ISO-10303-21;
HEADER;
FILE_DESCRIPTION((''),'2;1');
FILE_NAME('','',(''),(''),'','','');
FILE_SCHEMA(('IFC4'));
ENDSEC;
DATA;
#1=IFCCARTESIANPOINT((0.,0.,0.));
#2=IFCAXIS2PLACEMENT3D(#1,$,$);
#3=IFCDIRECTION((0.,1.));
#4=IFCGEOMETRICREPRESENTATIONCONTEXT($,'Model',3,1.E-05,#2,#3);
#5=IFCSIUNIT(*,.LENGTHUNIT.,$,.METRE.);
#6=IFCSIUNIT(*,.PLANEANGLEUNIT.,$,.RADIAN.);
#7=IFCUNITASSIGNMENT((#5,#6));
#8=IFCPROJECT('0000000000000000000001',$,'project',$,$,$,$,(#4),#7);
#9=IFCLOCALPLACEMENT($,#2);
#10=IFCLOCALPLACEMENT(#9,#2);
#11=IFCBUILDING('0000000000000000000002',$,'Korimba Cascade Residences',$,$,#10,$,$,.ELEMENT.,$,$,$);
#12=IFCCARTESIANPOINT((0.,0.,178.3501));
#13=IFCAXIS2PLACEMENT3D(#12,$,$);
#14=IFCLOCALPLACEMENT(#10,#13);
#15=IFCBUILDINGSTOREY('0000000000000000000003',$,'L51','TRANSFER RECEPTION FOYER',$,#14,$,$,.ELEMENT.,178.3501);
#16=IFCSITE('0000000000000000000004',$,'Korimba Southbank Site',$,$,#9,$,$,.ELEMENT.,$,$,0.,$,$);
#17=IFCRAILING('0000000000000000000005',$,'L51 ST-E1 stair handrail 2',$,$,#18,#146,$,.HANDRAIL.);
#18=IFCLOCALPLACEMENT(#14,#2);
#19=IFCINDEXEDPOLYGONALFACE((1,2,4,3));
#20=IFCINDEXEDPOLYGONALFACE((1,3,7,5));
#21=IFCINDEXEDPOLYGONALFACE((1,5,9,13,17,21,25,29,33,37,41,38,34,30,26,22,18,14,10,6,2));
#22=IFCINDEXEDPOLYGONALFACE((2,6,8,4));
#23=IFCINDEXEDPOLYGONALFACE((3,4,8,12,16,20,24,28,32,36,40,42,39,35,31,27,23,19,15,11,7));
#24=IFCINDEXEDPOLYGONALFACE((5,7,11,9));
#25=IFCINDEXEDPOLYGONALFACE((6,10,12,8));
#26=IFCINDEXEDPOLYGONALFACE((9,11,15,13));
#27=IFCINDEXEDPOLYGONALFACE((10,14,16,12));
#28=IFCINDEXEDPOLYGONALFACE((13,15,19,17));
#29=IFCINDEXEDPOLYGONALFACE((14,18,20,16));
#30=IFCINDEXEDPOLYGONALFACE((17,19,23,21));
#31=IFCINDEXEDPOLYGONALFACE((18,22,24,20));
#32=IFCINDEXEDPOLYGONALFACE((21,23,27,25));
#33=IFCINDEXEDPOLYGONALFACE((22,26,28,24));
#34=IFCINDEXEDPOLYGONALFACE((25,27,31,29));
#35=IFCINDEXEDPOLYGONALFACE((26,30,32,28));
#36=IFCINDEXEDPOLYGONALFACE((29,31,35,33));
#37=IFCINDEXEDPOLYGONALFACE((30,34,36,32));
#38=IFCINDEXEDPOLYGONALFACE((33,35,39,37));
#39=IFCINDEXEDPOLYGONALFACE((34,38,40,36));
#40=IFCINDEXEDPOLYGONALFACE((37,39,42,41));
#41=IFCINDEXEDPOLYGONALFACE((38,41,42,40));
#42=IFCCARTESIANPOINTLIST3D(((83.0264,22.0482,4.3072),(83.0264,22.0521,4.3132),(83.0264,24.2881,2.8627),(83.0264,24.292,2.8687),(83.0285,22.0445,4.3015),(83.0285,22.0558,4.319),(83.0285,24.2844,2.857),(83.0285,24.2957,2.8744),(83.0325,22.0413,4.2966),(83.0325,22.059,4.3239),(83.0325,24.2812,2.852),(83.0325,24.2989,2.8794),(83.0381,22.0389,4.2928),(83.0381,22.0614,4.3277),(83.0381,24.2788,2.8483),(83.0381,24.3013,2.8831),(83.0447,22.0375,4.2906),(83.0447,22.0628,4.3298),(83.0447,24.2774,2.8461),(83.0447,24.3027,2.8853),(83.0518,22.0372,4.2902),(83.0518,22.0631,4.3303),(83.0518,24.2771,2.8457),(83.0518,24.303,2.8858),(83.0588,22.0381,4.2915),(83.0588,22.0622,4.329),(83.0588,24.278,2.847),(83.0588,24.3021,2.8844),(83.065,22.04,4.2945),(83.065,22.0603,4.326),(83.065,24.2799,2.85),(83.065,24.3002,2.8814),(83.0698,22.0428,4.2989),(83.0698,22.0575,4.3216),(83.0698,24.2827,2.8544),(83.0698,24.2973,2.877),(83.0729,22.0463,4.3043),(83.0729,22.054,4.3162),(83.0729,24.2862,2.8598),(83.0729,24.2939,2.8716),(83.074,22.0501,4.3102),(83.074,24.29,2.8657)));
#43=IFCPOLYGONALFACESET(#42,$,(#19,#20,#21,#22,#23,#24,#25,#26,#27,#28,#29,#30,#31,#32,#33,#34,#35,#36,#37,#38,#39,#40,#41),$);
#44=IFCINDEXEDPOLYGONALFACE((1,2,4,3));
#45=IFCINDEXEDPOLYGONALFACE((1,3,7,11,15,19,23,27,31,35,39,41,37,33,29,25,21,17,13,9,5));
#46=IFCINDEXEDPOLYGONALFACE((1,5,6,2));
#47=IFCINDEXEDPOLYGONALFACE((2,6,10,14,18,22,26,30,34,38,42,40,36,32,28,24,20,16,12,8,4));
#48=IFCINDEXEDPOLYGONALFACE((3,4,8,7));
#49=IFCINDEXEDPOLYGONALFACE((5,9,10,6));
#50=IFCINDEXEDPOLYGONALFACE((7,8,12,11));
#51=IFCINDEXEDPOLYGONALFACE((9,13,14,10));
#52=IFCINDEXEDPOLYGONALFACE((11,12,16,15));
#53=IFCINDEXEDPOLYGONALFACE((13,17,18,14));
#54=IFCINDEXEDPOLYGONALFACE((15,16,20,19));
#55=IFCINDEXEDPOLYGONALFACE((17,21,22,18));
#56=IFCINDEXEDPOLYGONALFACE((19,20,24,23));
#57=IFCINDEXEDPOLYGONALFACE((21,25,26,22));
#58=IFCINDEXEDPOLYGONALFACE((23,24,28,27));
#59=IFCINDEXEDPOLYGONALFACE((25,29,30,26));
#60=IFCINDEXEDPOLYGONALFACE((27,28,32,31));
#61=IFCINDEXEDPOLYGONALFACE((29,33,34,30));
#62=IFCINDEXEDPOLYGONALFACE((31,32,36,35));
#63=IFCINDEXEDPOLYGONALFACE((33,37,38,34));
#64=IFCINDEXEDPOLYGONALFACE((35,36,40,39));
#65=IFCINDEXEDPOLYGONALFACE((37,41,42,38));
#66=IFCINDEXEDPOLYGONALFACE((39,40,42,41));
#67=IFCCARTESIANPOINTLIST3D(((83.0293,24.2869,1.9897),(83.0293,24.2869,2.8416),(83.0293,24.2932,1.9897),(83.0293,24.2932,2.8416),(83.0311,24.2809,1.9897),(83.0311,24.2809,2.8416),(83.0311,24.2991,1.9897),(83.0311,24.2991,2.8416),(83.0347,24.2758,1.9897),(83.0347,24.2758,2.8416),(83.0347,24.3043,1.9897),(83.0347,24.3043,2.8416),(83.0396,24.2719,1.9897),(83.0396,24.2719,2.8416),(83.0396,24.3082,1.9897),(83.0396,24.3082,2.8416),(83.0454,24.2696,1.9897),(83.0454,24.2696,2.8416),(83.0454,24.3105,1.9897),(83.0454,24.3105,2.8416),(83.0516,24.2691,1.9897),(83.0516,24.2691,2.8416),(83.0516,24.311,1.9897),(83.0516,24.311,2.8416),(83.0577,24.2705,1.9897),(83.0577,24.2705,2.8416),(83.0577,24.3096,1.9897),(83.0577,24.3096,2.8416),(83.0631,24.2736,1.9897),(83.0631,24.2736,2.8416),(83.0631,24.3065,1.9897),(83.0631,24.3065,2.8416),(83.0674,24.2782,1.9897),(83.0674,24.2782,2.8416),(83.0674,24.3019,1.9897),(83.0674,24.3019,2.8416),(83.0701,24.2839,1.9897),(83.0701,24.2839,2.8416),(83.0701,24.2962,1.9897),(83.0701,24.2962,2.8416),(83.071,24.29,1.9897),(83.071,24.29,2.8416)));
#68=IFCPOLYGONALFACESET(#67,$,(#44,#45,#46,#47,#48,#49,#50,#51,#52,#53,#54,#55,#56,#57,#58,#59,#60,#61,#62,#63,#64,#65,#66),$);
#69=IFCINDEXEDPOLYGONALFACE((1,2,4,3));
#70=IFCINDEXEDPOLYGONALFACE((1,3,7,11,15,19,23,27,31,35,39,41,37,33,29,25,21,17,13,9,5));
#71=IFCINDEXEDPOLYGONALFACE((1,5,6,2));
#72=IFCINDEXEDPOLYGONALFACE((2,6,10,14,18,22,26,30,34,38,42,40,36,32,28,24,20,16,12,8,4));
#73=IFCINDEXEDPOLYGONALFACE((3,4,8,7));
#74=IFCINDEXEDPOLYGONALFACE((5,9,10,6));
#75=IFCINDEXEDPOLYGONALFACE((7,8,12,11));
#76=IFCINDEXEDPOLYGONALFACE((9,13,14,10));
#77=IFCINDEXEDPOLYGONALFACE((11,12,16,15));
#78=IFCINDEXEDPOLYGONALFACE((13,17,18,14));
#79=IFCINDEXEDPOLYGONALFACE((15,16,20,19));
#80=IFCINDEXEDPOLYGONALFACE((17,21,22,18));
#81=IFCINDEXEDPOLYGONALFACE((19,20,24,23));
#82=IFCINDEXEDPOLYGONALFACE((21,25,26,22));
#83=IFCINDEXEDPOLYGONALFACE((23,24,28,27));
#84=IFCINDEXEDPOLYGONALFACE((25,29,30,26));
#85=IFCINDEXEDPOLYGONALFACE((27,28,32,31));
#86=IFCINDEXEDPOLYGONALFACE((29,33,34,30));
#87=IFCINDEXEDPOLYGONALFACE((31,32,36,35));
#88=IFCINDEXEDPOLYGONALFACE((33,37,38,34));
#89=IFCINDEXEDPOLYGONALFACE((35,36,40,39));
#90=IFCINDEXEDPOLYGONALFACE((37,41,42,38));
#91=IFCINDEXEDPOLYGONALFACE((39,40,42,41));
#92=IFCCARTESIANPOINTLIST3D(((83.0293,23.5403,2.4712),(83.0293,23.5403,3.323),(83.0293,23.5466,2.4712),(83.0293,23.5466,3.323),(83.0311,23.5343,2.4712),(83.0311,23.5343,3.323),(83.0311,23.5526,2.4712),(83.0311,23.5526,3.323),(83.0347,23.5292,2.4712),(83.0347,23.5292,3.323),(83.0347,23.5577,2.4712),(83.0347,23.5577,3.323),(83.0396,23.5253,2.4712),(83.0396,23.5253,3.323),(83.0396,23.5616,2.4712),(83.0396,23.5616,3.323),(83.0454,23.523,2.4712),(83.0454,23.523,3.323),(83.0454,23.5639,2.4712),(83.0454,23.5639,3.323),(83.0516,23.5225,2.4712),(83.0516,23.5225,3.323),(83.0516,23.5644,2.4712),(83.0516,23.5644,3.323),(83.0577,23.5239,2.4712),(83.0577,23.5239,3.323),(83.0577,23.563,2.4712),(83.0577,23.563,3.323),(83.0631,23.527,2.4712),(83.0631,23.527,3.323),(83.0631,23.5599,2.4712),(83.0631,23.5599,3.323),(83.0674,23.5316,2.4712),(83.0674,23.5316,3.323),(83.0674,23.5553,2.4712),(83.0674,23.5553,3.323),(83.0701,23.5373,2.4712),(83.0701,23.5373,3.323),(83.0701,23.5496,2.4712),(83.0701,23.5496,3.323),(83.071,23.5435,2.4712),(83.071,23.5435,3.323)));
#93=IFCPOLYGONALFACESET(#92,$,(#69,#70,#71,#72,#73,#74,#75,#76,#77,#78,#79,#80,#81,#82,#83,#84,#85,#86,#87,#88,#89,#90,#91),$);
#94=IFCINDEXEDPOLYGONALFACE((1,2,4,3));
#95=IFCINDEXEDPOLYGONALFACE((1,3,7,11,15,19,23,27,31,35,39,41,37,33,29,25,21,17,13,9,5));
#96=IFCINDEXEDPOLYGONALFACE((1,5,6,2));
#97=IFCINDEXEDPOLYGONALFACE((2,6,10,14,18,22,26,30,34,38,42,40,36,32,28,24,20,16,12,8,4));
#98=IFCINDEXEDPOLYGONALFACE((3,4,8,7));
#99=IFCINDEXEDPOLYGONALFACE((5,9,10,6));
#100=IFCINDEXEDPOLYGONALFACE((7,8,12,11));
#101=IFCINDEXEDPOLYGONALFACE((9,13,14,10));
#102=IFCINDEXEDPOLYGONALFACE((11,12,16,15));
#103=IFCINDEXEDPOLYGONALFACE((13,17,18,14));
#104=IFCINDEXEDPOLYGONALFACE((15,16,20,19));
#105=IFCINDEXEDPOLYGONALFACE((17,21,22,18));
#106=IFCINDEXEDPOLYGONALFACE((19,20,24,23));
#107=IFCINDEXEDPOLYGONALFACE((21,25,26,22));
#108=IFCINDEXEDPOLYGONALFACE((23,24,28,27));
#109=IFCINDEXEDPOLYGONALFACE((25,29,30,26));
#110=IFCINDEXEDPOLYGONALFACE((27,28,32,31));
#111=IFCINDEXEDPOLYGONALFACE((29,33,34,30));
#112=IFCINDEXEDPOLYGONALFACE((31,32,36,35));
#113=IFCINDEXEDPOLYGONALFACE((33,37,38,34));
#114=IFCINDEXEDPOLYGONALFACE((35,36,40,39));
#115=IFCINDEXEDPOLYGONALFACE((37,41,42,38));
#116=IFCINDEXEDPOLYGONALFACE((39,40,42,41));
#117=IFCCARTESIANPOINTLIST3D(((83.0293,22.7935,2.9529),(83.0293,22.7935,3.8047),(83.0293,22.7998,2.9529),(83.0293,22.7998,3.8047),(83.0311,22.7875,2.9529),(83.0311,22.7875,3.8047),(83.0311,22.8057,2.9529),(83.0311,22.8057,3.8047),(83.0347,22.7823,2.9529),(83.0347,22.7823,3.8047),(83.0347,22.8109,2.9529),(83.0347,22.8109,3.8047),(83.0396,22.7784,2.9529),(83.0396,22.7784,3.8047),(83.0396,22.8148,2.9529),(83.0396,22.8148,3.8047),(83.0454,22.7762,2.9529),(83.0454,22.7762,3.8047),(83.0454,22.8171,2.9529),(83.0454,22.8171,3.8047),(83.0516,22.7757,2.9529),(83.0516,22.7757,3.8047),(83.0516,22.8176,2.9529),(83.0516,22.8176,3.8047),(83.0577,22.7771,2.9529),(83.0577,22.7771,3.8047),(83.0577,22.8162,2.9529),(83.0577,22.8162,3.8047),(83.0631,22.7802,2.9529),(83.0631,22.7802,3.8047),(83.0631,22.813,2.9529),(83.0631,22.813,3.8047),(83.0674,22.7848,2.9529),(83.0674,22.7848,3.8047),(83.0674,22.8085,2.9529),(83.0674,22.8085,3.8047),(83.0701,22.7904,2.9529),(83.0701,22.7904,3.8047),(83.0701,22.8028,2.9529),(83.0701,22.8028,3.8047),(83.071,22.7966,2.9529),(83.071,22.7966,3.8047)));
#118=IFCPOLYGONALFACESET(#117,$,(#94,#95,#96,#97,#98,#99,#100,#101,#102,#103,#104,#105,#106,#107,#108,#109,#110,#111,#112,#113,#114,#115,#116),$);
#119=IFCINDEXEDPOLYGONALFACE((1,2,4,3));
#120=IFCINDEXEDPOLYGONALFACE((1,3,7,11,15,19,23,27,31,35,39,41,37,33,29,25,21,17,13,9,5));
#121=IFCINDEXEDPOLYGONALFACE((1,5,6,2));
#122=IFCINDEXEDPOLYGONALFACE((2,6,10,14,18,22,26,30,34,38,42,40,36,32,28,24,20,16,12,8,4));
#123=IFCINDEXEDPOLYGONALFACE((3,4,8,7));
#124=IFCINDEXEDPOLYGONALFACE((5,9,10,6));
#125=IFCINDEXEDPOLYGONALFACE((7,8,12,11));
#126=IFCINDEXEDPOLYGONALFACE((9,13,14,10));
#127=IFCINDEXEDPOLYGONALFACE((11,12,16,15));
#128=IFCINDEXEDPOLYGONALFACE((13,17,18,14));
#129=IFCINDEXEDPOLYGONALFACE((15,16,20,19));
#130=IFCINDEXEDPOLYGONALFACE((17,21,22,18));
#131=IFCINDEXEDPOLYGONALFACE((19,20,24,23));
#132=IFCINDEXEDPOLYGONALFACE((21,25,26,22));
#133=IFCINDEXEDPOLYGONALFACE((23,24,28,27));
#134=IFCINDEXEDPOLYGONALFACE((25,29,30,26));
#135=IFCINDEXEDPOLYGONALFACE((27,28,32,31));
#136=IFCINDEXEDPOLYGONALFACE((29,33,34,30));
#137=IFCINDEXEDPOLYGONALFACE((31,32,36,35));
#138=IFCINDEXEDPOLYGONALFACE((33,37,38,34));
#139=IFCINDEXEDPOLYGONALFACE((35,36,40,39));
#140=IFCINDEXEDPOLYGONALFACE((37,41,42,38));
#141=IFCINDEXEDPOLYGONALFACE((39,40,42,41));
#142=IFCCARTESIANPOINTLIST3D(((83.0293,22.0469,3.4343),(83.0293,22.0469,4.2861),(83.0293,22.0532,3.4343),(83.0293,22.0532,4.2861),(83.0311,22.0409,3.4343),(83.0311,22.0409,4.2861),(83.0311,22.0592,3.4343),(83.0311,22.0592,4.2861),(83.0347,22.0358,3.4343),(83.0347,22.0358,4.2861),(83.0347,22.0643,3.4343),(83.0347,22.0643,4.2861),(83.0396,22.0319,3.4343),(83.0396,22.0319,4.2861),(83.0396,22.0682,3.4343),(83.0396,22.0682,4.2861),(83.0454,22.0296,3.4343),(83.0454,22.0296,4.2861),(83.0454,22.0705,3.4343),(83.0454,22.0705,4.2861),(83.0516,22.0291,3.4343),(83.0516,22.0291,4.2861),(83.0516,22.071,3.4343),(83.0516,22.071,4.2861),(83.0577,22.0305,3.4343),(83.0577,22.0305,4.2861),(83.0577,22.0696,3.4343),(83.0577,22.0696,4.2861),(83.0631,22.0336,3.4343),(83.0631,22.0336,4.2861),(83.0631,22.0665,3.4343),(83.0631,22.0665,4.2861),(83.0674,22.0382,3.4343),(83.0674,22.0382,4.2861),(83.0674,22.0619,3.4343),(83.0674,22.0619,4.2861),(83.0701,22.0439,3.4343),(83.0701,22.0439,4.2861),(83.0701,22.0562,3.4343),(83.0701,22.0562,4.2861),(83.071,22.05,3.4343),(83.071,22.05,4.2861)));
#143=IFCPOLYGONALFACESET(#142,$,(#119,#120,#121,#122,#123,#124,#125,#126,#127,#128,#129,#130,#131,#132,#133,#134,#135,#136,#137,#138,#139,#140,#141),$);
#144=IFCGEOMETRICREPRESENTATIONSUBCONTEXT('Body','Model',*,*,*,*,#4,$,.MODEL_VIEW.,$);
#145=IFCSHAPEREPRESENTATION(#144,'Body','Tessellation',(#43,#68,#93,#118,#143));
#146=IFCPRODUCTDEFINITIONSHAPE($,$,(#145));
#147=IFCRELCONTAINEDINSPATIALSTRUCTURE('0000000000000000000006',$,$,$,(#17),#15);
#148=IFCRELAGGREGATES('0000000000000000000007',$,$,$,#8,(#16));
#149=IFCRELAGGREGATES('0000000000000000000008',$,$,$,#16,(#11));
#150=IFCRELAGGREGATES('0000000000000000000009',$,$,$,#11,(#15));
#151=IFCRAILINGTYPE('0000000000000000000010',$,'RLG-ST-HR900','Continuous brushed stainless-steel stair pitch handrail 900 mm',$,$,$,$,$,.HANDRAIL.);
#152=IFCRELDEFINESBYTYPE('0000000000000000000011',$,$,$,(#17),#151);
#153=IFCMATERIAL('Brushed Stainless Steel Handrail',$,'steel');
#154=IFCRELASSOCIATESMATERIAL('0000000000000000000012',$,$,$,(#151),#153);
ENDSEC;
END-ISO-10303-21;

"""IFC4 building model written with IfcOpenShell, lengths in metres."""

from ifc_helpers import new_model, si_unit, direction, frame, origin, origin_2d, place, context, subcontext, project, spatial, circle, extrude, material, type_object, element, save


model = new_model("IFC4")

# Units and contexts
model_context = context("Model", 3, precision=1e-05, world=origin(), true_north=direction((0.0, 1.0)))
body_context = subcontext(model_context, "Body", "Model", "MODEL_VIEW")
ifc_project = project(units=[si_unit("LENGTHUNIT", "METRE"), si_unit("PLANEANGLEUNIT", "RADIAN")], contexts=[model_context])

# Site, building, storey
site_placement = place(None, origin())
site = spatial("IfcSite", under=ifc_project, at=site_placement, Name="Korimba Southbank Site", CompositionType="ELEMENT", RefElevation=0.0)
building_placement = place(site_placement, origin())
building = spatial("IfcBuilding", under=site, at=building_placement, Name="Korimba Cascade Residences", CompositionType="ELEMENT")
storey_placement = place(building_placement, frame((0.0, 0.0, 178.3501)))
storey = spatial("IfcBuildingStorey", under=building, at=storey_placement, Name="L51", Description="TRANSFER RECEPTION FOYER", CompositionType="ELEMENT", Elevation=178.3501)

# Railing
ifc_material_1 = material(Name="Brushed Stainless Steel Handrail", Category="steel")
railing_type_1 = type_object("IfcRailingType", Name="RLG-ST-HR900", Description="Continuous brushed stainless-steel stair pitch handrail 900 mm", PredefinedType="HANDRAIL", material=ifc_material_1)
railing_1_placement = place(storey_placement, frame((83.05, 24.29, 1.9897)))
element("IfcRailing", 1, at=railing_1_placement, inside=storey, type_object=railing_type_1, Name="L51 ST-E1 stair handrail 2", PredefinedType="HANDRAIL", context=body_context, shape_type="SweptSolid", body=[
    extrude(circle(Radius=0.0239, at=origin_2d()), frame((0.0, 0.0, 0.876), z_axis=(0.0, -0.840395, 0.541975), x_axis=(1.0, 0.0, 0.0)), (0.0, 0.0, 1.0), 2.6653),
    extrude(circle(Radius=0.021, at=origin_2d()), origin(), (0.0, 0.0, 1.0), 0.8518),
    extrude(circle(Radius=0.021, at=origin_2d()), frame((0.0, -0.7466, 0.4814)), (0.0, 0.0, 1.0), 0.8518),
    extrude(circle(Radius=0.021, at=origin_2d()), frame((0.0, -1.4934, 0.9631)), (0.0, 0.0, 1.0), 0.8518),
    extrude(circle(Radius=0.021, at=origin_2d()), frame((0.0, -2.24, 1.4446)), (0.0, 0.0, 1.0), 0.8518),
])

save(model, "model.ifc")
